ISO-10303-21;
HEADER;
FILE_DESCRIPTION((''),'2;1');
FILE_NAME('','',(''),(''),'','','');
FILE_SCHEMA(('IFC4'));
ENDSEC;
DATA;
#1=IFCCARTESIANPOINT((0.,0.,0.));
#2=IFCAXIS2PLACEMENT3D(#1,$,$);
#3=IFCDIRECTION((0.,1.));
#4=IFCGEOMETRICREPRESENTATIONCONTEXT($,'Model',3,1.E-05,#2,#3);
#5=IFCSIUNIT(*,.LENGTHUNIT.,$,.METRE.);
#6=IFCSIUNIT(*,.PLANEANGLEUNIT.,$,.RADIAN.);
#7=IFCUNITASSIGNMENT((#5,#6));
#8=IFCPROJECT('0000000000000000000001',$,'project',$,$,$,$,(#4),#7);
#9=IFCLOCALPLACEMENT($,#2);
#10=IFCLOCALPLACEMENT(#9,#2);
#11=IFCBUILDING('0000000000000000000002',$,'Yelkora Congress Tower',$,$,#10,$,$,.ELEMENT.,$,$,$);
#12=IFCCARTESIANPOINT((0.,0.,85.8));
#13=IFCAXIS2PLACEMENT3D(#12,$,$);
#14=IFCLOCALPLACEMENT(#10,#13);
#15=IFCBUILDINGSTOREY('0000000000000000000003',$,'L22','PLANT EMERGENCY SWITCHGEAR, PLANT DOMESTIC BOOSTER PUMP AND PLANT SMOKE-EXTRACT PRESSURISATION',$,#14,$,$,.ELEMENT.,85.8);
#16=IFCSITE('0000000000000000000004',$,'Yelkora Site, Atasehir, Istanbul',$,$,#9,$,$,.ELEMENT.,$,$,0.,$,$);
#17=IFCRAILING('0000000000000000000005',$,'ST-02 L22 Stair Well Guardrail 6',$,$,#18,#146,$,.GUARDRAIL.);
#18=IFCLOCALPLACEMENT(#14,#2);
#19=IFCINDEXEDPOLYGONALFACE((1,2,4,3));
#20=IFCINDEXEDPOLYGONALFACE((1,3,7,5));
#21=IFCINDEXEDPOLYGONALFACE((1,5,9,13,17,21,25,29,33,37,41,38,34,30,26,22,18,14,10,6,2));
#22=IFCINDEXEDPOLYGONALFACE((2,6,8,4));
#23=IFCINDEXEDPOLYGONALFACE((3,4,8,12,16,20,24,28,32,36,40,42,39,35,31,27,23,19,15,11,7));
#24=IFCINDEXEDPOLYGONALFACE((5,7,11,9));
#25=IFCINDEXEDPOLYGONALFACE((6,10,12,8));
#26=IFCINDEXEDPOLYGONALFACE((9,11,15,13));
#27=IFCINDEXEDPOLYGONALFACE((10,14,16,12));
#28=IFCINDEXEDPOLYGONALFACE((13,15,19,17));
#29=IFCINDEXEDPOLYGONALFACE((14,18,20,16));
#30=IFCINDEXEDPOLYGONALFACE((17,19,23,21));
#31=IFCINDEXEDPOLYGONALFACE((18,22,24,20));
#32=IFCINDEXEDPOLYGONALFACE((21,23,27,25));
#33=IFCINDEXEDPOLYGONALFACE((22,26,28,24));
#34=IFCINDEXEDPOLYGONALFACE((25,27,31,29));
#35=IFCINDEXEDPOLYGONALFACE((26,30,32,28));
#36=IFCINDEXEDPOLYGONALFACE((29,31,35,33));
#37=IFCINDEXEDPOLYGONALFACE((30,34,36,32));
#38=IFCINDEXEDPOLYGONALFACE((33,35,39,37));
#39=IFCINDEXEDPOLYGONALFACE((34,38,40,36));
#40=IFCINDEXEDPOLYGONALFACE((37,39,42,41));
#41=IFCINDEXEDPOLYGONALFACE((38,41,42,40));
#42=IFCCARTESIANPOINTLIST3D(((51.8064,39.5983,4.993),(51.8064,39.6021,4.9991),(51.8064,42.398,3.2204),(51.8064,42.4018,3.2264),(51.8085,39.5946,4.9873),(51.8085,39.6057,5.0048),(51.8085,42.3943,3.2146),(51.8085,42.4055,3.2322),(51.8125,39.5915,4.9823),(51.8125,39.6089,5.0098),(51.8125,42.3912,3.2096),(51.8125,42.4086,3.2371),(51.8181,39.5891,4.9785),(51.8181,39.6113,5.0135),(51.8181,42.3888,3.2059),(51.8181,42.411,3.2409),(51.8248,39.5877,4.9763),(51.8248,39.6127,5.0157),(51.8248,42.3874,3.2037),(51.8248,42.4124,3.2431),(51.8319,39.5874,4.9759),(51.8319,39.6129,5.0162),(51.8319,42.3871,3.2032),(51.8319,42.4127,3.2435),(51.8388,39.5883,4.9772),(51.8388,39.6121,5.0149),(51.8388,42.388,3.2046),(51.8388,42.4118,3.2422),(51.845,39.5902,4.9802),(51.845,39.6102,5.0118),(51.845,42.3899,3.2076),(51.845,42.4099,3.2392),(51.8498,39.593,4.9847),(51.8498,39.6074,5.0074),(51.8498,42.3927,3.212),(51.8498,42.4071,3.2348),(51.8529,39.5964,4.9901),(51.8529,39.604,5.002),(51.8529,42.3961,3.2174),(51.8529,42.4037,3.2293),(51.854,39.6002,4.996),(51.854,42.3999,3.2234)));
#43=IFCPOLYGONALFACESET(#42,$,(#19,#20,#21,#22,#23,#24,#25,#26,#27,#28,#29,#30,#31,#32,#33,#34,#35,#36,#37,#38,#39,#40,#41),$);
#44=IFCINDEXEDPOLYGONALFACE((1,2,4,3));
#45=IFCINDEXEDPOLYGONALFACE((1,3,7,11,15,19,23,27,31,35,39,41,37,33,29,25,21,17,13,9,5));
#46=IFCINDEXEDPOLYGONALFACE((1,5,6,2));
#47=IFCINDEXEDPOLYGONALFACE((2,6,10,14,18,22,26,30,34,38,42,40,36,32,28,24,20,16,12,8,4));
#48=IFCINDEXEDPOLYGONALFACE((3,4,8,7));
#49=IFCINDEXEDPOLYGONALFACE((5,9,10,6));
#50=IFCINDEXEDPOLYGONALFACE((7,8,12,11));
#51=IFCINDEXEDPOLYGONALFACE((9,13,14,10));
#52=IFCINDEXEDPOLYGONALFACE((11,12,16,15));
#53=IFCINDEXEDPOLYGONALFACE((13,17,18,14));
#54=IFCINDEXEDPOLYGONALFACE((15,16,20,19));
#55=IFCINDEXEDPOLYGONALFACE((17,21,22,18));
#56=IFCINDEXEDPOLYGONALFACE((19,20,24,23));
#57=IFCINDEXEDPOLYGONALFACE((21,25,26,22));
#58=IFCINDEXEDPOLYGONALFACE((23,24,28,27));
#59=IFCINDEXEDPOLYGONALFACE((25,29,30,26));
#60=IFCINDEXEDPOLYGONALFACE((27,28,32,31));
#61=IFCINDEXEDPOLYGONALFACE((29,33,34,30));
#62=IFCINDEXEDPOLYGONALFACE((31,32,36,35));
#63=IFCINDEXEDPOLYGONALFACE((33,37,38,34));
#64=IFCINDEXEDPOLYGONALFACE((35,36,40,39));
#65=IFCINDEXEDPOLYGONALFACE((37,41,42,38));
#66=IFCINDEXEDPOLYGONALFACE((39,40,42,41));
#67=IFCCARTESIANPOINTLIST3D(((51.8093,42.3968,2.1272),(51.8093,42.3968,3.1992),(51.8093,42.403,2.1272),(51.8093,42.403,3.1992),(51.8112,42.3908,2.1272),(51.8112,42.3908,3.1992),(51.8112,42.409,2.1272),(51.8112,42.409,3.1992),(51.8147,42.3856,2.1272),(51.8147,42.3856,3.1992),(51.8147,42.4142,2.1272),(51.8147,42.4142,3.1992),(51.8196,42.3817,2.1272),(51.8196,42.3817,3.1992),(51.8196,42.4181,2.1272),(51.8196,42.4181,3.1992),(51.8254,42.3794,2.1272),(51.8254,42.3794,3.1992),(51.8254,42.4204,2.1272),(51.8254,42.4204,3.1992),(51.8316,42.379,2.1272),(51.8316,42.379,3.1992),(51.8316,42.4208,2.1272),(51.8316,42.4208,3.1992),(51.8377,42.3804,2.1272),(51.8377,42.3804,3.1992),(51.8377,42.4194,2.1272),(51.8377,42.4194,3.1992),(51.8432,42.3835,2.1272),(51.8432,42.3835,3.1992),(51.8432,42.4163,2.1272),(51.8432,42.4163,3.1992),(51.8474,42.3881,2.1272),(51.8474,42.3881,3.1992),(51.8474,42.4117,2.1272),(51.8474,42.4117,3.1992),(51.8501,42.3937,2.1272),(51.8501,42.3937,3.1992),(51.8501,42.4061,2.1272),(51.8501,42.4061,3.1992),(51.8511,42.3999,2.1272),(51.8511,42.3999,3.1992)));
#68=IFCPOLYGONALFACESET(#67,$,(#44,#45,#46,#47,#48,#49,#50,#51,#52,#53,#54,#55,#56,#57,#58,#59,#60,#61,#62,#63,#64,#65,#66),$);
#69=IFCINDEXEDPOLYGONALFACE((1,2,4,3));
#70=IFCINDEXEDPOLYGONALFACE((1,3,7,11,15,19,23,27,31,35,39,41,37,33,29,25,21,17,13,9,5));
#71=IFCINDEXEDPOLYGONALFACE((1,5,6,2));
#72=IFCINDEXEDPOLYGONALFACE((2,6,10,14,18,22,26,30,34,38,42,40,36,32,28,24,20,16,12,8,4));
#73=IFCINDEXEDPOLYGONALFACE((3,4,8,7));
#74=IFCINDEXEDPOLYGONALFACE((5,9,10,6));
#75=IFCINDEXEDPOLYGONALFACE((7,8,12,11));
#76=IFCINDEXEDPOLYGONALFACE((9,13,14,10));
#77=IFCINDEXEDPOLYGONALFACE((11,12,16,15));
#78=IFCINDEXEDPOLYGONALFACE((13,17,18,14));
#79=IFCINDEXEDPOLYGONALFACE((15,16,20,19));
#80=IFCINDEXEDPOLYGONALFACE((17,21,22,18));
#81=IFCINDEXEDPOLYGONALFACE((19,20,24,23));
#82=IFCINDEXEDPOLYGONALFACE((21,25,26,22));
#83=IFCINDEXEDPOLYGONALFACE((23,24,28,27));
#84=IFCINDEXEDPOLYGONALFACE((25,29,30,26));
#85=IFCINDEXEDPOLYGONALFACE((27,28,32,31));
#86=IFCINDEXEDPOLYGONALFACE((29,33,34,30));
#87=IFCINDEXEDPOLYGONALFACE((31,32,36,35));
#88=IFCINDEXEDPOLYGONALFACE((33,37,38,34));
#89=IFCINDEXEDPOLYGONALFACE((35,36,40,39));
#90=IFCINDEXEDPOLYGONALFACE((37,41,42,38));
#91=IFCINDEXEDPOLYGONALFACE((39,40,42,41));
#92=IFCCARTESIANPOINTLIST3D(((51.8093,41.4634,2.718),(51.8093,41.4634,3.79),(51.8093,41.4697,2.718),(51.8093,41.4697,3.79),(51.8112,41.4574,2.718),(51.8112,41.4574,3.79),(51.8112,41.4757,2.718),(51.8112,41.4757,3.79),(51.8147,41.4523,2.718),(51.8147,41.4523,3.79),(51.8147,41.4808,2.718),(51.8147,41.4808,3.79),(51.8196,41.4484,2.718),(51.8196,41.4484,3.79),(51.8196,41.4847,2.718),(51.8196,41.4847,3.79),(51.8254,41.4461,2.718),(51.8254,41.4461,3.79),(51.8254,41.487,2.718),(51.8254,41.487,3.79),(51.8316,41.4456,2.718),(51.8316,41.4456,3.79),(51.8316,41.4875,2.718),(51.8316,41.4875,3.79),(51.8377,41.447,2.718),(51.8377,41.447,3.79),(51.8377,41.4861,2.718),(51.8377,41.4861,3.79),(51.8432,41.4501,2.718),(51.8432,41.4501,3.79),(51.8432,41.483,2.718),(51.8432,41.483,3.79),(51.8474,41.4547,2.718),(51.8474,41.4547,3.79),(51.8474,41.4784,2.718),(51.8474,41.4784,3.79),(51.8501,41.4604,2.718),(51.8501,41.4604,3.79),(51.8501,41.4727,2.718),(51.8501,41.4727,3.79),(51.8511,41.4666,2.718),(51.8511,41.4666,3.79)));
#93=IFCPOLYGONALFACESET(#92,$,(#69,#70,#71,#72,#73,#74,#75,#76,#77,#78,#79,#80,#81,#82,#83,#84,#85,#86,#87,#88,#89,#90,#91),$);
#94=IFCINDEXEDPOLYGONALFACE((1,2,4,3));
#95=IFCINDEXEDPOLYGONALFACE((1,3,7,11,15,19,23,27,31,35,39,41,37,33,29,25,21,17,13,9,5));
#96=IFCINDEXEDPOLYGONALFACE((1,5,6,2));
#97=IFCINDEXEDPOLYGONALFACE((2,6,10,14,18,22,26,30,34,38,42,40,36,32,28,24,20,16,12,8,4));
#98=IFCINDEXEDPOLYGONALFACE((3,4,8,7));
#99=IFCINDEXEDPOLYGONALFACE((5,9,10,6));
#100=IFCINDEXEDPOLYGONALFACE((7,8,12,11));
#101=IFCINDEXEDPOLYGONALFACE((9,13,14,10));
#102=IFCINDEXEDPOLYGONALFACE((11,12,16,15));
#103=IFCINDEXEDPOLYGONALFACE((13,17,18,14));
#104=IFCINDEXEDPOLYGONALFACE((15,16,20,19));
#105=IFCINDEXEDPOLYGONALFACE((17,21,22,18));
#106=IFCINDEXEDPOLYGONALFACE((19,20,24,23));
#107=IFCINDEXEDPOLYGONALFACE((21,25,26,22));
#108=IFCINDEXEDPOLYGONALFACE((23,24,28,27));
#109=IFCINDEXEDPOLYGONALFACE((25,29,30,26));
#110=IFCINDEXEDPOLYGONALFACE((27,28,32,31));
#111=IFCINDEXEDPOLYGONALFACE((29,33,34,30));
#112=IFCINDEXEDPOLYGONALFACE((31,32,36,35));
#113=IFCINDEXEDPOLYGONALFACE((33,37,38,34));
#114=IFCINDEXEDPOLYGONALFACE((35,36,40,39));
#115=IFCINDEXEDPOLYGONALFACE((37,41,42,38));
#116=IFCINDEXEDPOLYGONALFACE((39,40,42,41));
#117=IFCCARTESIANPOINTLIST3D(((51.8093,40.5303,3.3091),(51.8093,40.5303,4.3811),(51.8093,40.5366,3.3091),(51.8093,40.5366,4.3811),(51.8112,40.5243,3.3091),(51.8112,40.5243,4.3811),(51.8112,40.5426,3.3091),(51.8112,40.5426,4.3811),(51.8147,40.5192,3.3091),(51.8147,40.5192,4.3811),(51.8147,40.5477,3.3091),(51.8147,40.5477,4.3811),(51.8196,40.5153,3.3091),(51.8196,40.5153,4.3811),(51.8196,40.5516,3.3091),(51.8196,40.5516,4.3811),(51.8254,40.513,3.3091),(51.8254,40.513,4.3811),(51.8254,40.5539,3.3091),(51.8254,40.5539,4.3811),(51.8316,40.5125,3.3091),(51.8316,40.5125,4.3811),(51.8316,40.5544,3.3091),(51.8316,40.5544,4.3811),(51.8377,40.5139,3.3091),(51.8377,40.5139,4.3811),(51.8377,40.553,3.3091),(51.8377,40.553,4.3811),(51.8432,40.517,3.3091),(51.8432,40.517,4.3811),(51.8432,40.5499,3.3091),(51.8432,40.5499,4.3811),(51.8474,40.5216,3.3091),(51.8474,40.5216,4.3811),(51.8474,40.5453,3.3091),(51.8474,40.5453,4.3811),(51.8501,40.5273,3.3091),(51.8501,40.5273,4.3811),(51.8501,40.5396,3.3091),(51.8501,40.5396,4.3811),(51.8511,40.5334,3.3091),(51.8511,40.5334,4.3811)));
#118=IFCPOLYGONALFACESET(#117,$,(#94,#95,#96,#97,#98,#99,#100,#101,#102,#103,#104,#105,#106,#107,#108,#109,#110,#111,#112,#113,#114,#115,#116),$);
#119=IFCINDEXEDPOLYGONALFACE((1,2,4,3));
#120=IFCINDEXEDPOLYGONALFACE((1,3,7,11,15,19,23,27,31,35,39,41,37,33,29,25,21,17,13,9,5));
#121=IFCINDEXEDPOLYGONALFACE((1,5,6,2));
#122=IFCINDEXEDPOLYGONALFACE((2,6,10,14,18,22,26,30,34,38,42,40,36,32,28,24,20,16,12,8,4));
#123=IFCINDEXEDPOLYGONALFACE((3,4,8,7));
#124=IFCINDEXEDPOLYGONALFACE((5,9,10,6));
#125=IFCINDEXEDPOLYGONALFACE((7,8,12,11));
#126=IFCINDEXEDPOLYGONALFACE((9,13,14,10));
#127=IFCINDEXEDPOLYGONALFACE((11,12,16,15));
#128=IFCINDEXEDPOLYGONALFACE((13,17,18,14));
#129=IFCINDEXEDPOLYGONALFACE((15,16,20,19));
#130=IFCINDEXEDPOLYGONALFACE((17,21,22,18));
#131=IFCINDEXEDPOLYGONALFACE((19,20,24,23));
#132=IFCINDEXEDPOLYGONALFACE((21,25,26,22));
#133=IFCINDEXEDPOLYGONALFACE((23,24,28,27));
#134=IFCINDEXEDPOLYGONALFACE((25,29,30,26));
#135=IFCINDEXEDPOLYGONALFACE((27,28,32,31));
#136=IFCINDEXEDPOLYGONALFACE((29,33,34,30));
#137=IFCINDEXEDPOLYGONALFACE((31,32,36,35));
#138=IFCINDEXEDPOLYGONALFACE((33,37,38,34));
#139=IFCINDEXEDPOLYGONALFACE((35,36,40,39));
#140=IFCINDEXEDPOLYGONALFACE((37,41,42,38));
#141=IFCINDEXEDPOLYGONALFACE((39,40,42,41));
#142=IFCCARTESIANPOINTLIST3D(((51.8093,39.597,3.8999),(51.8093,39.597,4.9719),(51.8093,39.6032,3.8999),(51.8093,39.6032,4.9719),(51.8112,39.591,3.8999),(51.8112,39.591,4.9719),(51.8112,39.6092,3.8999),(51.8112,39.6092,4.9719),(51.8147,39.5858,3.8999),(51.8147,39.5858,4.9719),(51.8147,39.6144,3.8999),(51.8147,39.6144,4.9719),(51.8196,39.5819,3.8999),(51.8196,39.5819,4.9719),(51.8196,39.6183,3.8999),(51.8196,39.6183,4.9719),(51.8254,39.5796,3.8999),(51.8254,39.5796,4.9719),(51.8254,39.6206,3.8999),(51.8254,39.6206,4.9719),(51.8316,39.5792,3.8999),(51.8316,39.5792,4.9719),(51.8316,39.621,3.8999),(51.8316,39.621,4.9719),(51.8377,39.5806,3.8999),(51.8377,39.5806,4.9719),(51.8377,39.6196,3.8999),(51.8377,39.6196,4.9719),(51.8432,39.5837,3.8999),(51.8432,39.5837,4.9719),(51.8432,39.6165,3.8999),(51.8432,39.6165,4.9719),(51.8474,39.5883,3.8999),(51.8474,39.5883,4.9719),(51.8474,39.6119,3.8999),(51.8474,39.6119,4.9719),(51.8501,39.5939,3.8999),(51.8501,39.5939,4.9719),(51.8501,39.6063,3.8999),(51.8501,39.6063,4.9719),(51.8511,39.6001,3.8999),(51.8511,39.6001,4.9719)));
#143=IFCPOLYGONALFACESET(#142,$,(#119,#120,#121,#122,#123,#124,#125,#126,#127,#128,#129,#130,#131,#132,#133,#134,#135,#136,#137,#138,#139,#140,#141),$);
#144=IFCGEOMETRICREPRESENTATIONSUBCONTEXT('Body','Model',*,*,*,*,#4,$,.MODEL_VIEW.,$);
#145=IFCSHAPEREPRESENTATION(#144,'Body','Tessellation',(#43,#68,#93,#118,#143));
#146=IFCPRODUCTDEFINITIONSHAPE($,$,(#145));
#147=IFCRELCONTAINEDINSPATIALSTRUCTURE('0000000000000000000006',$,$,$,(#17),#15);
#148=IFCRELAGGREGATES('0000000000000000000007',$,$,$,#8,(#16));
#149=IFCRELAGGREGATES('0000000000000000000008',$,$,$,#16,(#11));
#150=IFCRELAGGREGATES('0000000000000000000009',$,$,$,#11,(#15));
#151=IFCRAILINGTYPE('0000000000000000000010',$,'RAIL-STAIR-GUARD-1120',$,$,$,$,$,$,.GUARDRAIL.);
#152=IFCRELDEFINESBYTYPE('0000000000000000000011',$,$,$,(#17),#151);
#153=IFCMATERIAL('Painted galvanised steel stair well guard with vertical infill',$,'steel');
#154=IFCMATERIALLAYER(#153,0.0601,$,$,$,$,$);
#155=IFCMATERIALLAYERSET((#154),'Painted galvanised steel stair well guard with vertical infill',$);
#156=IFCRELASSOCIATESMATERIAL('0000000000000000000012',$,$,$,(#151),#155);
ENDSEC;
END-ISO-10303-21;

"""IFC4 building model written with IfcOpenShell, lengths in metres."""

from ifc_helpers import new_model, si_unit, direction, frame, origin, origin_2d, place, context, subcontext, project, spatial, circle, extrude, material, layer, layer_set, type_object, element, save


model = new_model("IFC4")

# Units and contexts
model_context = context("Model", 3, precision=1e-05, world=origin(), true_north=direction((0.0, 1.0)))
body_context = subcontext(model_context, "Body", "Model", "MODEL_VIEW")
ifc_project = project(units=[si_unit("LENGTHUNIT", "METRE"), si_unit("PLANEANGLEUNIT", "RADIAN")], contexts=[model_context])

# Site, building, storey
site_placement = place(None, origin())
site = spatial("IfcSite", under=ifc_project, at=site_placement, Name="Yelkora Site, Atasehir, Istanbul", CompositionType="ELEMENT", RefElevation=0.0)
building_placement = place(site_placement, origin())
building = spatial("IfcBuilding", under=site, at=building_placement, Name="Yelkora Congress Tower", CompositionType="ELEMENT")
storey_placement = place(building_placement, frame((0.0, 0.0, 85.8)))
storey = spatial("IfcBuildingStorey", under=building, at=storey_placement, Name="L22", Description="PLANT EMERGENCY SWITCHGEAR, PLANT DOMESTIC BOOSTER PUMP AND PLANT SMOKE-EXTRACT PRESSURISATION", CompositionType="ELEMENT", Elevation=85.8)

# Railing
ifc_material_1 = material(Name="Painted galvanised steel stair well guard with vertical infill", Category="steel")
ifc_layer_1 = layer(ifc_material_1, 0.0601)
ifc_layer_set_1 = layer_set([ifc_layer_1], Name="Painted galvanised steel stair well guard with vertical infill")
railing_type_1 = type_object("IfcRailingType", Name="RAIL-STAIR-GUARD-1120", PredefinedType="GUARDRAIL", material=ifc_layer_set_1)
railing_1_placement = place(storey_placement, frame((51.8301, 42.3999, 2.1272)))
element("IfcRailing", 1, at=railing_1_placement, inside=storey, type_object=railing_type_1, Name="ST-02 L22 Stair Well Guardrail 6", PredefinedType="GUARDRAIL", context=body_context, shape_type="SweptSolid", body=[
    extrude(circle(Radius=0.0239, at=origin_2d()), frame((0.0, 0.0, 1.0962), z_axis=(0.0, -0.844888, 0.534943), x_axis=(1.0, 0.0, 0.0)), (0.0, 0.0, 1.0), 3.3137),
    extrude(circle(Radius=0.021, at=origin_2d()), origin(), (0.0, 0.0, 1.0), 1.072),
    extrude(circle(Radius=0.021, at=origin_2d()), frame((0.0, -0.9333, 0.5908)), (0.0, 0.0, 1.0), 1.072),
    extrude(circle(Radius=0.021, at=origin_2d()), frame((0.0, -1.8665, 1.1819)), (0.0, 0.0, 1.0), 1.072),
    extrude(circle(Radius=0.021, at=origin_2d()), frame((0.0, -2.7998, 1.7727)), (0.0, 0.0, 1.0), 1.072),
])

save(model, "model.ifc")
